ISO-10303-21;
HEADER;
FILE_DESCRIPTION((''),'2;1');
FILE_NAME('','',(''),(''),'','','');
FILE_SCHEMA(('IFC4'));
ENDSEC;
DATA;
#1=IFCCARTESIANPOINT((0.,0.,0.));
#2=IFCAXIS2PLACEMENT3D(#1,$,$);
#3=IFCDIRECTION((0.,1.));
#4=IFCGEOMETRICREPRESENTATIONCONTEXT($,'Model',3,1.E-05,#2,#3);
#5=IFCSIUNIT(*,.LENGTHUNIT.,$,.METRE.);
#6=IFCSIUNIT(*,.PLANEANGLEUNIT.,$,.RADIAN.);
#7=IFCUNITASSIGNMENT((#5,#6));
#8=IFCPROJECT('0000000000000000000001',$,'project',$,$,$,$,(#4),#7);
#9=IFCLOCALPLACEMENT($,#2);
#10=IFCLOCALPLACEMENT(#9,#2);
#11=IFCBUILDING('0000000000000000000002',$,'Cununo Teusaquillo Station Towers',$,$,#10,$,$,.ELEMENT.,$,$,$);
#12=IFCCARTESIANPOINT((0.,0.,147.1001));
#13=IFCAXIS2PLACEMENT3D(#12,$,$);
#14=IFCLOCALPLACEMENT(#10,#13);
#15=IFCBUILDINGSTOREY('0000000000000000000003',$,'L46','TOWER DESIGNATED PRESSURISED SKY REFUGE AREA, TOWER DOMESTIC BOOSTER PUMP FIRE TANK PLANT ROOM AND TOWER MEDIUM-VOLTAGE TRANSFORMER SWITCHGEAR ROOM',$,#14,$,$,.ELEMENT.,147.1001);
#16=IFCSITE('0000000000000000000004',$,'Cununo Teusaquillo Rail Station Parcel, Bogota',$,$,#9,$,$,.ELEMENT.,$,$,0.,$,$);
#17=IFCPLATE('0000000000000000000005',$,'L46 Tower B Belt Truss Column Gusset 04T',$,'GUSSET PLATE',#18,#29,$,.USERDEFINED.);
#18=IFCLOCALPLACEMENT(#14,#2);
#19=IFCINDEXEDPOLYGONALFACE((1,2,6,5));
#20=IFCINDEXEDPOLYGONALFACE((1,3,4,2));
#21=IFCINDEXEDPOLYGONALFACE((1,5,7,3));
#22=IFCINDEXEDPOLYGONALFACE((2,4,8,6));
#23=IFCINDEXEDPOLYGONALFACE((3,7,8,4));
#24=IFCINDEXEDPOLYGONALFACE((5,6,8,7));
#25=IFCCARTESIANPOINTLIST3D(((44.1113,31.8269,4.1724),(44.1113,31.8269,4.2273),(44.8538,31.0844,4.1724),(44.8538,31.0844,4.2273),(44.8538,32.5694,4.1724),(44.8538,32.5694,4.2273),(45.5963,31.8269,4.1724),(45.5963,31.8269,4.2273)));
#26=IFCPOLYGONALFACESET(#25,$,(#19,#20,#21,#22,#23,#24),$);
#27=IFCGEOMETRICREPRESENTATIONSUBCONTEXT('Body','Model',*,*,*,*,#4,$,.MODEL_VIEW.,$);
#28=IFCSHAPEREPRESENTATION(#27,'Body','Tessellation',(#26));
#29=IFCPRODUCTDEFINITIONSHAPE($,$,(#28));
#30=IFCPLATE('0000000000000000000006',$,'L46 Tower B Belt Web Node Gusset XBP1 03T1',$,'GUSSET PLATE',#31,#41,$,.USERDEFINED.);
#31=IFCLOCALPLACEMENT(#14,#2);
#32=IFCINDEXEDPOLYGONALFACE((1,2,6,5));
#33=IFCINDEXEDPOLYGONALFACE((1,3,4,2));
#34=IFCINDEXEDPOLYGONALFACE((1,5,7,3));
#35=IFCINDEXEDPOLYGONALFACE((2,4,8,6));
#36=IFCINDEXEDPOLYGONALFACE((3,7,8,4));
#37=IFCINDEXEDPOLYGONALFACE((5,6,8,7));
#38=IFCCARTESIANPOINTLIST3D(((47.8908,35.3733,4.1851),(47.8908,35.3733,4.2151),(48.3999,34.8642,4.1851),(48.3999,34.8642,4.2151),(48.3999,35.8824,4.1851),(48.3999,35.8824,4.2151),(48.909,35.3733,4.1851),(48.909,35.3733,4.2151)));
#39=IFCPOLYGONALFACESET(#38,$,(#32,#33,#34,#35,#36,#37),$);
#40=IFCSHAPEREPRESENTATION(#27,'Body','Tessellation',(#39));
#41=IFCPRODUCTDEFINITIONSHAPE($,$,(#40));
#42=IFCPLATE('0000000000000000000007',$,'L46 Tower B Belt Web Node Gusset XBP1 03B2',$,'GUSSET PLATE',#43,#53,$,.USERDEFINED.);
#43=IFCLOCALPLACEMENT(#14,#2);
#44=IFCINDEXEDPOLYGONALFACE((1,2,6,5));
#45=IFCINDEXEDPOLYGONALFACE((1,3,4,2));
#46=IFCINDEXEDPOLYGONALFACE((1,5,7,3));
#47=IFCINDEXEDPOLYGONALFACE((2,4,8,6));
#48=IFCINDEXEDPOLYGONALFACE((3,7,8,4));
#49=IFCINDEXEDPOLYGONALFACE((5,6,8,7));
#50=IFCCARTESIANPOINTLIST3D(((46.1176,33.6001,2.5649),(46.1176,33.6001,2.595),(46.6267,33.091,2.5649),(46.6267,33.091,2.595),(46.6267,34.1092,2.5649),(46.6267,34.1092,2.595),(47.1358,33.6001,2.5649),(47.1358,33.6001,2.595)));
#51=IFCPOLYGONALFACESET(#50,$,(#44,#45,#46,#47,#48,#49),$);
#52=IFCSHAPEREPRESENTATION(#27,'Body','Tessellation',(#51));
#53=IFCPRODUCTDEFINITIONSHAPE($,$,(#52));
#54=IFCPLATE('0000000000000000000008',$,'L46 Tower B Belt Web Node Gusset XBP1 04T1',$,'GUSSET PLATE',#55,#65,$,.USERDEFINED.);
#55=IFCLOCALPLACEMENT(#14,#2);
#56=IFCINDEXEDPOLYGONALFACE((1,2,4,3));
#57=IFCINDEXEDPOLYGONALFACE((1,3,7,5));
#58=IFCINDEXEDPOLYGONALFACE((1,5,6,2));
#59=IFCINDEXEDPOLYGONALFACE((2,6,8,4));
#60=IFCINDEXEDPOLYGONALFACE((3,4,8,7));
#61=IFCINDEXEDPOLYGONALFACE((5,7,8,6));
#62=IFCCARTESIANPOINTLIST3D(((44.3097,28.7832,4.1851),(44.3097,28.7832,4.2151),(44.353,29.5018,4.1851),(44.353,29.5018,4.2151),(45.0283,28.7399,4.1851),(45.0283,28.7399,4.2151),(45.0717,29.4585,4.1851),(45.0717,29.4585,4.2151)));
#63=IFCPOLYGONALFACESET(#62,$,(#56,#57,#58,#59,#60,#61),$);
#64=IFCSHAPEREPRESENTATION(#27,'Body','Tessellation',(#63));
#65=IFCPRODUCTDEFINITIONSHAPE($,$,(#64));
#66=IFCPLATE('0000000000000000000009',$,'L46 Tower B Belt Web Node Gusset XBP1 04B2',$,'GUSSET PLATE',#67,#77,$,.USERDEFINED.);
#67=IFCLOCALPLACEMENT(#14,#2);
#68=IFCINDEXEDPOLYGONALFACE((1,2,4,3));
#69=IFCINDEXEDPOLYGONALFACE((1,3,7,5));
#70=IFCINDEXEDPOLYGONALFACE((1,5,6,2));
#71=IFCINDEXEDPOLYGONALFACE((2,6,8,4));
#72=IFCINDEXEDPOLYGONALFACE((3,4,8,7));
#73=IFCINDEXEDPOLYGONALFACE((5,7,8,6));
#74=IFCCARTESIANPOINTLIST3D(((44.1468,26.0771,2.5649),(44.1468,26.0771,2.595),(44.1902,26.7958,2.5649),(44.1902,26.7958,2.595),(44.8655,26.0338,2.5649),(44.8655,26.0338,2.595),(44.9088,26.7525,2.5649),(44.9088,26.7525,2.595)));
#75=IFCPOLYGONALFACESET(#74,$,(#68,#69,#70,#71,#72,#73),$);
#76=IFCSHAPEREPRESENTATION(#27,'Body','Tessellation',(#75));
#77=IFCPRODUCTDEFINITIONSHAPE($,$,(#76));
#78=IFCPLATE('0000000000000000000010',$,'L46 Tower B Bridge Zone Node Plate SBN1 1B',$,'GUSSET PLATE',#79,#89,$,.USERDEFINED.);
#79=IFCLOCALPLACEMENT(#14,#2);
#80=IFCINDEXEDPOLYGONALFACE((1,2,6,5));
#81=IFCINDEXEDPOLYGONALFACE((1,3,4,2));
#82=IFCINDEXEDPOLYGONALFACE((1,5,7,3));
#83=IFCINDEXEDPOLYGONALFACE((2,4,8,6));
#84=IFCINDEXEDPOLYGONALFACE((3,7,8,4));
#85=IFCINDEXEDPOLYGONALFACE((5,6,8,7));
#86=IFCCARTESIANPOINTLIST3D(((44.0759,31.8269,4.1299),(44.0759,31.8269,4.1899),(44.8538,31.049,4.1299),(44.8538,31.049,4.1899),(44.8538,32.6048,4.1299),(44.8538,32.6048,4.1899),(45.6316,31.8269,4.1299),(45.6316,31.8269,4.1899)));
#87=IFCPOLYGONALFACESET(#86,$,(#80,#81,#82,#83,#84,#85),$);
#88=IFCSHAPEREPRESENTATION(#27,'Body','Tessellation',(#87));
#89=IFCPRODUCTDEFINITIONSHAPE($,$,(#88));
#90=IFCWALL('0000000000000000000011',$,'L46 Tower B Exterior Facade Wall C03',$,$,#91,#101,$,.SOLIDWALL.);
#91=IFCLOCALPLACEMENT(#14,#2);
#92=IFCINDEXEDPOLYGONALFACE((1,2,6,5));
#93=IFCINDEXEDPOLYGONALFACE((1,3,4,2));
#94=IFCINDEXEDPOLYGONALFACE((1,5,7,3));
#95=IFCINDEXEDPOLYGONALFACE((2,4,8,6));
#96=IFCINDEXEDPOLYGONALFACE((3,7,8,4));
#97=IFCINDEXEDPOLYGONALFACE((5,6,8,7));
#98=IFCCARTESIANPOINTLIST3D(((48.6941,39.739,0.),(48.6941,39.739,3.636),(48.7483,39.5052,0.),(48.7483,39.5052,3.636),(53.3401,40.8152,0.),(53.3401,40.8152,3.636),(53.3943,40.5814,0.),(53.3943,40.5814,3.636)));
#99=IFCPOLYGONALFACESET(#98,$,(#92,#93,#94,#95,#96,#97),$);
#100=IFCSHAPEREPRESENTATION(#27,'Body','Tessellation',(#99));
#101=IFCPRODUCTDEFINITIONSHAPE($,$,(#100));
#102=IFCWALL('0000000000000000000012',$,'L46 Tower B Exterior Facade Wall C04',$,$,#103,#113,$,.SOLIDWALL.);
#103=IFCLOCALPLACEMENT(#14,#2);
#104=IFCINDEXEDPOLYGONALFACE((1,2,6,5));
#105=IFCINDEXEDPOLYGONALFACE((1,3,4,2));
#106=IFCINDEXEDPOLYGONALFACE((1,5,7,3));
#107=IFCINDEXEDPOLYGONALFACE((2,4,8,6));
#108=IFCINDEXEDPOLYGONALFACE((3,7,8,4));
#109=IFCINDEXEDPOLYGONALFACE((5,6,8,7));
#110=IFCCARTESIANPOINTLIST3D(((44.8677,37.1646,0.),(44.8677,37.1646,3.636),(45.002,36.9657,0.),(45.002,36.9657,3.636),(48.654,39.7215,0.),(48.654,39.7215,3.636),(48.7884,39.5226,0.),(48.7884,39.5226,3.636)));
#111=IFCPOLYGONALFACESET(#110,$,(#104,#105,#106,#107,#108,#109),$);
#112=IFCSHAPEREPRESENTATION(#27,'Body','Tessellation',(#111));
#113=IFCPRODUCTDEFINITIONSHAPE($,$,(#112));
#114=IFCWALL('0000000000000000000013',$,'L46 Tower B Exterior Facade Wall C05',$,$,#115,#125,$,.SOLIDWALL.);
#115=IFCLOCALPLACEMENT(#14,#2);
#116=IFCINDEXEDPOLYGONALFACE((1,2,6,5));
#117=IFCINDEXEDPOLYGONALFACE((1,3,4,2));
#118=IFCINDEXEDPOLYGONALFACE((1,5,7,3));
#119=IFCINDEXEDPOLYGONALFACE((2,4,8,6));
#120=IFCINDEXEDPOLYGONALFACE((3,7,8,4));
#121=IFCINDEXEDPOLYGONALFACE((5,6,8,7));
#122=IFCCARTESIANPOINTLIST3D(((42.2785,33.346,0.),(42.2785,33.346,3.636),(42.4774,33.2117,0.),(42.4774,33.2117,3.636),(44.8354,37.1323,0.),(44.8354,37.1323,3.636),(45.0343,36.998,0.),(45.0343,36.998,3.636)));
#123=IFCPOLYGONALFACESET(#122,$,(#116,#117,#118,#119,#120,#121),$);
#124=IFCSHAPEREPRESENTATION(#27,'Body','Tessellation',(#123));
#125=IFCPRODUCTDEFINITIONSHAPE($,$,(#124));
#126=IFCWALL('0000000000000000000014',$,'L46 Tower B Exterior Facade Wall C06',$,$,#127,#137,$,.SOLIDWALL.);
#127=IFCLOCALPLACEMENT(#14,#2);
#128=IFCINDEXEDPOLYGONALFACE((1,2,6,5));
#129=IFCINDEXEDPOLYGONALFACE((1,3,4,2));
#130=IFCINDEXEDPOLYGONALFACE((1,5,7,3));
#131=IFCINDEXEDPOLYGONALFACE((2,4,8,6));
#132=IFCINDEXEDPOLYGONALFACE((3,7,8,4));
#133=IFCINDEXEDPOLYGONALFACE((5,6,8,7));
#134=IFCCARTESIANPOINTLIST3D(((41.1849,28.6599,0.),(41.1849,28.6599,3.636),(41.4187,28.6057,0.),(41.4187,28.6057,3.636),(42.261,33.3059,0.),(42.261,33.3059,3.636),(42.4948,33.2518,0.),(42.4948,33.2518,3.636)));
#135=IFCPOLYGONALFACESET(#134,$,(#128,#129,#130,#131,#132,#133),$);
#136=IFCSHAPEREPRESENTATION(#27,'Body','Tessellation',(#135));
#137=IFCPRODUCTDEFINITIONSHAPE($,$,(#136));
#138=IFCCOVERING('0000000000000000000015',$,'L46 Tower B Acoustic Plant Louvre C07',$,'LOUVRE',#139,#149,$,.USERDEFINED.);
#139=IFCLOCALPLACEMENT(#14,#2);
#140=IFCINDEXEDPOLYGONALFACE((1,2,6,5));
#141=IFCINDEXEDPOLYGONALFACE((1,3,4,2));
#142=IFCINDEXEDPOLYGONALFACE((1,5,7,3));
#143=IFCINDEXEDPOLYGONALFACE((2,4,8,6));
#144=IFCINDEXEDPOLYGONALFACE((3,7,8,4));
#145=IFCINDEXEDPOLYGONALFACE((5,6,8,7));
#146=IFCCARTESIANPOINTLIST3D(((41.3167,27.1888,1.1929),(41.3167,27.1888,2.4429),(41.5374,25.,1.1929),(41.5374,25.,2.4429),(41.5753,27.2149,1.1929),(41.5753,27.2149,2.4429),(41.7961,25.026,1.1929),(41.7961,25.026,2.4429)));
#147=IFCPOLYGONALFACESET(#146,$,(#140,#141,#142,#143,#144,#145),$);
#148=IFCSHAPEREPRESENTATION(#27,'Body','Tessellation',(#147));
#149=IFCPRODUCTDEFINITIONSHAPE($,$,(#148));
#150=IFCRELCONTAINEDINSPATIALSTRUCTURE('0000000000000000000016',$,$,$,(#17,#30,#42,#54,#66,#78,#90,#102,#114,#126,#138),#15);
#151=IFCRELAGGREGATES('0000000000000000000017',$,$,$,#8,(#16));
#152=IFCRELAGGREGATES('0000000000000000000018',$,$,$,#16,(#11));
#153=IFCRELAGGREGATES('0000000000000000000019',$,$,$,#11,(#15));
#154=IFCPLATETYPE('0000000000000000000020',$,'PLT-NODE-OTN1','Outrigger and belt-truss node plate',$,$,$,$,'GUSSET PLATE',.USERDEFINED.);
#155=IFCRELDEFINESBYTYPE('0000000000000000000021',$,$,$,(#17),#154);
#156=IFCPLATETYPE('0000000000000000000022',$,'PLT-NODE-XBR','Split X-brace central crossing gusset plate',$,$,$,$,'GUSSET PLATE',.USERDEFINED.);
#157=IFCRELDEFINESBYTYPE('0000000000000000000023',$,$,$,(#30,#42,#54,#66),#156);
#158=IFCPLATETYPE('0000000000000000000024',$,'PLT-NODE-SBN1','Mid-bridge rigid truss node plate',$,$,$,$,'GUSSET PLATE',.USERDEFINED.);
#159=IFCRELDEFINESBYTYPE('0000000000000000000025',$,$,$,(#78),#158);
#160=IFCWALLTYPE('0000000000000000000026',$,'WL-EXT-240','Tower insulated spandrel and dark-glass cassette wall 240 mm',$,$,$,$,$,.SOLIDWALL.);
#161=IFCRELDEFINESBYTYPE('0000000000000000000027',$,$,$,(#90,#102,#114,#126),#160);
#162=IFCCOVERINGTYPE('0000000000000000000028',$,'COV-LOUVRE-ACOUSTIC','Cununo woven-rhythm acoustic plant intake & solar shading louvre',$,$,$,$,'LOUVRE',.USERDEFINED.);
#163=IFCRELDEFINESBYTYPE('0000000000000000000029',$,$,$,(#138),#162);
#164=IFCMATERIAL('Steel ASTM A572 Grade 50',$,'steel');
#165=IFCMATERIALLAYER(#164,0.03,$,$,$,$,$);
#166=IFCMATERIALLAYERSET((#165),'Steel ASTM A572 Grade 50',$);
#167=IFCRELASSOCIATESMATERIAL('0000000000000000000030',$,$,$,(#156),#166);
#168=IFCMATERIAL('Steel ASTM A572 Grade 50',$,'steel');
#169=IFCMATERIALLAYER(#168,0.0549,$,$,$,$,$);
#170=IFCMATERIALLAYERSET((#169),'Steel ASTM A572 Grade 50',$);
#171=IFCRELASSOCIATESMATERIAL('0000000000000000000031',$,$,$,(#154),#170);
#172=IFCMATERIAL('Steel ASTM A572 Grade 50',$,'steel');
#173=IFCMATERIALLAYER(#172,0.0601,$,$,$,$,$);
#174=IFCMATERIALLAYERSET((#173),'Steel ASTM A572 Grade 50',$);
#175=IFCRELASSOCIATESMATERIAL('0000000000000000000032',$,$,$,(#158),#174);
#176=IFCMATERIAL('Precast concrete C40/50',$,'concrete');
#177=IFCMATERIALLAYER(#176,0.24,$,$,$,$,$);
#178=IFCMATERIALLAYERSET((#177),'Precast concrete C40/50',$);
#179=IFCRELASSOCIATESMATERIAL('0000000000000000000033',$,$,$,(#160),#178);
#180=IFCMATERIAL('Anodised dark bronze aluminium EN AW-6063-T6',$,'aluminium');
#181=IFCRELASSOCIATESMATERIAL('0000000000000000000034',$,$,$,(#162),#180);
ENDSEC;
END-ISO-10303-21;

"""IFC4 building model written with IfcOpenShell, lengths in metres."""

from ifc_helpers import new_model, si_unit, direction, frame, frame_2d, origin, origin_2d, place, context, subcontext, project, spatial, rectangle, extrude, source, transform, mapped, material, layer, layer_set, type_object, element, save


model = new_model("IFC4")

# Units and contexts
model_context = context("Model", 3, precision=1e-05, world=origin(), true_north=direction((0.0, 1.0)))
body_context = subcontext(model_context, "Body", "Model", "MODEL_VIEW")
ifc_project = project(units=[si_unit("LENGTHUNIT", "METRE"), si_unit("PLANEANGLEUNIT", "RADIAN")], contexts=[model_context])

# Site, building, storey
site_placement = place(None, origin())
site = spatial("IfcSite", under=ifc_project, at=site_placement, Name="Cununo Teusaquillo Rail Station Parcel, Bogota", CompositionType="ELEMENT", RefElevation=0.0)
building_placement = place(site_placement, origin())
building = spatial("IfcBuilding", under=site, at=building_placement, Name="Cununo Teusaquillo Station Towers", CompositionType="ELEMENT")
storey_placement = place(building_placement, frame((0.0, 0.0, 147.1001)))
storey = spatial("IfcBuildingStorey", under=building, at=storey_placement, Name="L46", Description="TOWER DESIGNATED PRESSURISED SKY REFUGE AREA, TOWER DOMESTIC BOOSTER PUMP FIRE TANK PLANT ROOM AND TOWER MEDIUM-VOLTAGE TRANSFORMER SWITCHGEAR ROOM", CompositionType="ELEMENT", Elevation=147.1001)

# Plates
ifc_material_1 = material(Name="Steel ASTM A572 Grade 50", Category="steel")
ifc_layer_1 = layer(ifc_material_1, 0.03)
ifc_layer_set_1 = layer_set([ifc_layer_1], Name="Steel ASTM A572 Grade 50")
plate_type_1 = type_object("IfcPlateType", Name="PLT-NODE-XBR", Description="Split X-brace central crossing gusset plate", ElementType="GUSSET PLATE", PredefinedType="USERDEFINED", material=ifc_layer_set_1)
ifc_material_2 = material(Name="Steel ASTM A572 Grade 50", Category="steel")
ifc_layer_2 = layer(ifc_material_2, 0.0549)
ifc_layer_set_2 = layer_set([ifc_layer_2], Name="Steel ASTM A572 Grade 50")
plate_type_2 = type_object("IfcPlateType", Name="PLT-NODE-OTN1", Description="Outrigger and belt-truss node plate", ElementType="GUSSET PLATE", PredefinedType="USERDEFINED", material=ifc_layer_set_2)
shared_shape_1 = source(origin(), body_context, "Body", "SweptSolid", [
    extrude(rectangle(XDim=1.05, YDim=1.05, at=origin_2d()), origin(), (0.0, 0.0, 1.0), 0.0549),
])
for number, where, z_axis, x_axis, name in (
    (1, (44.8538, 31.8269, 4.1724), (0.0, 0.0, 1.0), (0.707107, 0.707107, 0.0), "L46 Tower B Belt Truss Column Gusset 04T"),
):
    element("IfcPlate", number, at=place(storey_placement, frame(where, z_axis=z_axis, x_axis=x_axis)), inside=storey, type_object=plate_type_2, Name=name, ObjectType="GUSSET PLATE", PredefinedType="USERDEFINED", context=body_context, shape_type="MappedRepresentation", body=[
        mapped(shared_shape_1, transform((0.0, 0.0, 0.0), x_axis=(1.0, 0.0, 0.0), y_axis=(0.0, 1.0, 0.0), z_axis=(0.0, 0.0, 1.0), scale=1.0)),
    ])
shared_shape_2 = source(origin(), body_context, "Body", "SweptSolid", [
    extrude(rectangle(XDim=0.72, YDim=0.72, at=origin_2d()), origin(), (0.0, 0.0, 1.0), 0.03),
])
for number, where, z_axis, x_axis, name in (
    (2, (48.3999, 35.3733, 4.1851), (0.0, 0.0, 1.0), (-0.707107, -0.707107, 0.0), "L46 Tower B Belt Web Node Gusset XBP1 03T1"),
    (3, (46.6267, 33.6001, 2.5649), (0.0, 0.0, 1.0), (-0.707107, -0.707107, 0.0), "L46 Tower B Belt Web Node Gusset XBP1 03B2"),
    (4, (44.6907, 29.1208, 4.1851), (0.0, 0.0, 1.0), (-0.060177, -0.998188, 0.0), "L46 Tower B Belt Web Node Gusset XBP1 04T1"),
    (5, (44.5278, 26.4148, 2.5649), (0.0, 0.0, 1.0), (-0.060177, -0.998188, 0.0), "L46 Tower B Belt Web Node Gusset XBP1 04B2"),
):
    element("IfcPlate", number, at=place(storey_placement, frame(where, z_axis=z_axis, x_axis=x_axis)), inside=storey, type_object=plate_type_1, Name=name, ObjectType="GUSSET PLATE", PredefinedType="USERDEFINED", context=body_context, shape_type="MappedRepresentation", body=[
        mapped(shared_shape_2, transform((0.0, 0.0, 0.0), x_axis=(1.0, 0.0, 0.0), y_axis=(0.0, 1.0, 0.0), z_axis=(0.0, 0.0, 1.0), scale=1.0)),
    ])
ifc_material_3 = material(Name="Steel ASTM A572 Grade 50", Category="steel")
ifc_layer_3 = layer(ifc_material_3, 0.0601)
ifc_layer_set_3 = layer_set([ifc_layer_3], Name="Steel ASTM A572 Grade 50")
plate_type_3 = type_object("IfcPlateType", Name="PLT-NODE-SBN1", Description="Mid-bridge rigid truss node plate", ElementType="GUSSET PLATE", PredefinedType="USERDEFINED", material=ifc_layer_set_3)
shared_shape_3 = source(origin(), body_context, "Body", "SweptSolid", [
    extrude(rectangle(XDim=1.1001, YDim=1.1001, at=origin_2d()), origin(), (0.0, 0.0, 1.0), 0.0601),
])
plate_1_placement = place(storey_placement, frame((44.8538, 31.8269, 4.1299), z_axis=(0.0, 0.0, 1.0), x_axis=(0.707107, 0.707107, 0.0)))
element("IfcPlate", 6, at=plate_1_placement, inside=storey, type_object=plate_type_3, Name="L46 Tower B Bridge Zone Node Plate SBN1 1B", ObjectType="GUSSET PLATE", PredefinedType="USERDEFINED", context=body_context, shape_type="MappedRepresentation", body=[
    mapped(shared_shape_3, transform((0.0, 0.0, 0.0), x_axis=(1.0, 0.0, 0.0), y_axis=(0.0, 1.0, 0.0), z_axis=(0.0, 0.0, 1.0), scale=1.0)),
])

# Walls
ifc_material_4 = material(Name="Precast concrete C40/50", Category="concrete")
ifc_layer_4 = layer(ifc_material_4, 0.24)
ifc_layer_set_4 = layer_set([ifc_layer_4], Name="Precast concrete C40/50")
wall_type = type_object("IfcWallType", Name="WL-EXT-240", Description="Tower insulated spandrel and dark-glass cassette wall 240 mm", PredefinedType="SOLIDWALL", material=ifc_layer_set_4)
wall_1_placement = place(storey_placement, frame((48.7212, 39.6221, 0.0), z_axis=(0.0, 0.0, 1.0), x_axis=(0.974206, 0.22566, 0.0)))
element("IfcWall", 7, at=wall_1_placement, inside=storey, type_object=wall_type, Name="L46 Tower B Exterior Facade Wall C03", PredefinedType="SOLIDWALL", context=body_context, shape_type="SweptSolid", body=[
    extrude(rectangle(XDim=4.769, YDim=0.24, at=frame_2d((2.3845, 0.0))), origin(), (0.0, 0.0, 1.0), 3.636),
])
for number, where, z_axis, x_axis, name in (
    (8, (44.9348, 37.0652, 0.0), (0.0, 0.0, 1.0), (0.828739, 0.559635, 0.0), "L46 Tower B Exterior Facade Wall C04"),
    (9, (42.3779, 33.2788, 0.0), (0.0, 0.0, 1.0), (0.559635, 0.828739, 0.0), "L46 Tower B Exterior Facade Wall C05"),
):
    element("IfcWall", number, at=place(storey_placement, frame(where, z_axis=z_axis, x_axis=x_axis)), inside=storey, type_object=wall_type, Name=name, PredefinedType="SOLIDWALL", context=body_context, shape_type="SweptSolid", body=[
        extrude(rectangle(XDim=4.5688, YDim=0.24, at=frame_2d((2.2844, 0.0))), origin(), (0.0, 0.0, 1.0), 3.636),
    ])
wall_2_placement = place(storey_placement, frame((41.3018, 28.6328, 0.0), z_axis=(0.0, 0.0, 1.0), x_axis=(0.22566, 0.974206, 0.0)))
element("IfcWall", 10, at=wall_2_placement, inside=storey, type_object=wall_type, Name="L46 Tower B Exterior Facade Wall C06", PredefinedType="SOLIDWALL", context=body_context, shape_type="SweptSolid", body=[
    extrude(rectangle(XDim=4.769, YDim=0.24, at=frame_2d((2.3845, 0.0))), origin(), (0.0, 0.0, 1.0), 3.636),
])

# Covering
ifc_material_5 = material(Name="Anodised dark bronze aluminium EN AW-6063-T6", Category="aluminium")
covering_type = type_object("IfcCoveringType", Name="COV-LOUVRE-ACOUSTIC", Description="Cununo woven-rhythm acoustic plant intake & solar shading louvre", ElementType="LOUVRE", PredefinedType="USERDEFINED", material=ifc_material_5)
shared_shape_4 = source(origin(), body_context, "Body", "SweptSolid", [
    extrude(rectangle(XDim=2.2, YDim=0.26, at=origin_2d()), origin(), (0.0, 0.0, 1.0), 1.25),
])
covering_placement = place(storey_placement, frame((41.5564, 26.1074, 1.1929), z_axis=(0.0, 0.0, 1.0), x_axis=(-0.100362, 0.994951, 0.0)))
element("IfcCovering", 11, at=covering_placement, inside=storey, type_object=covering_type, Name="L46 Tower B Acoustic Plant Louvre C07", ObjectType="LOUVRE", PredefinedType="USERDEFINED", context=body_context, shape_type="MappedRepresentation", body=[
    mapped(shared_shape_4, transform((0.0, 0.0, 0.0), x_axis=(1.0, 0.0, 0.0), y_axis=(0.0, 1.0, 0.0), z_axis=(0.0, 0.0, 1.0), scale=1.0)),
])

save(model, "model.ifc")
